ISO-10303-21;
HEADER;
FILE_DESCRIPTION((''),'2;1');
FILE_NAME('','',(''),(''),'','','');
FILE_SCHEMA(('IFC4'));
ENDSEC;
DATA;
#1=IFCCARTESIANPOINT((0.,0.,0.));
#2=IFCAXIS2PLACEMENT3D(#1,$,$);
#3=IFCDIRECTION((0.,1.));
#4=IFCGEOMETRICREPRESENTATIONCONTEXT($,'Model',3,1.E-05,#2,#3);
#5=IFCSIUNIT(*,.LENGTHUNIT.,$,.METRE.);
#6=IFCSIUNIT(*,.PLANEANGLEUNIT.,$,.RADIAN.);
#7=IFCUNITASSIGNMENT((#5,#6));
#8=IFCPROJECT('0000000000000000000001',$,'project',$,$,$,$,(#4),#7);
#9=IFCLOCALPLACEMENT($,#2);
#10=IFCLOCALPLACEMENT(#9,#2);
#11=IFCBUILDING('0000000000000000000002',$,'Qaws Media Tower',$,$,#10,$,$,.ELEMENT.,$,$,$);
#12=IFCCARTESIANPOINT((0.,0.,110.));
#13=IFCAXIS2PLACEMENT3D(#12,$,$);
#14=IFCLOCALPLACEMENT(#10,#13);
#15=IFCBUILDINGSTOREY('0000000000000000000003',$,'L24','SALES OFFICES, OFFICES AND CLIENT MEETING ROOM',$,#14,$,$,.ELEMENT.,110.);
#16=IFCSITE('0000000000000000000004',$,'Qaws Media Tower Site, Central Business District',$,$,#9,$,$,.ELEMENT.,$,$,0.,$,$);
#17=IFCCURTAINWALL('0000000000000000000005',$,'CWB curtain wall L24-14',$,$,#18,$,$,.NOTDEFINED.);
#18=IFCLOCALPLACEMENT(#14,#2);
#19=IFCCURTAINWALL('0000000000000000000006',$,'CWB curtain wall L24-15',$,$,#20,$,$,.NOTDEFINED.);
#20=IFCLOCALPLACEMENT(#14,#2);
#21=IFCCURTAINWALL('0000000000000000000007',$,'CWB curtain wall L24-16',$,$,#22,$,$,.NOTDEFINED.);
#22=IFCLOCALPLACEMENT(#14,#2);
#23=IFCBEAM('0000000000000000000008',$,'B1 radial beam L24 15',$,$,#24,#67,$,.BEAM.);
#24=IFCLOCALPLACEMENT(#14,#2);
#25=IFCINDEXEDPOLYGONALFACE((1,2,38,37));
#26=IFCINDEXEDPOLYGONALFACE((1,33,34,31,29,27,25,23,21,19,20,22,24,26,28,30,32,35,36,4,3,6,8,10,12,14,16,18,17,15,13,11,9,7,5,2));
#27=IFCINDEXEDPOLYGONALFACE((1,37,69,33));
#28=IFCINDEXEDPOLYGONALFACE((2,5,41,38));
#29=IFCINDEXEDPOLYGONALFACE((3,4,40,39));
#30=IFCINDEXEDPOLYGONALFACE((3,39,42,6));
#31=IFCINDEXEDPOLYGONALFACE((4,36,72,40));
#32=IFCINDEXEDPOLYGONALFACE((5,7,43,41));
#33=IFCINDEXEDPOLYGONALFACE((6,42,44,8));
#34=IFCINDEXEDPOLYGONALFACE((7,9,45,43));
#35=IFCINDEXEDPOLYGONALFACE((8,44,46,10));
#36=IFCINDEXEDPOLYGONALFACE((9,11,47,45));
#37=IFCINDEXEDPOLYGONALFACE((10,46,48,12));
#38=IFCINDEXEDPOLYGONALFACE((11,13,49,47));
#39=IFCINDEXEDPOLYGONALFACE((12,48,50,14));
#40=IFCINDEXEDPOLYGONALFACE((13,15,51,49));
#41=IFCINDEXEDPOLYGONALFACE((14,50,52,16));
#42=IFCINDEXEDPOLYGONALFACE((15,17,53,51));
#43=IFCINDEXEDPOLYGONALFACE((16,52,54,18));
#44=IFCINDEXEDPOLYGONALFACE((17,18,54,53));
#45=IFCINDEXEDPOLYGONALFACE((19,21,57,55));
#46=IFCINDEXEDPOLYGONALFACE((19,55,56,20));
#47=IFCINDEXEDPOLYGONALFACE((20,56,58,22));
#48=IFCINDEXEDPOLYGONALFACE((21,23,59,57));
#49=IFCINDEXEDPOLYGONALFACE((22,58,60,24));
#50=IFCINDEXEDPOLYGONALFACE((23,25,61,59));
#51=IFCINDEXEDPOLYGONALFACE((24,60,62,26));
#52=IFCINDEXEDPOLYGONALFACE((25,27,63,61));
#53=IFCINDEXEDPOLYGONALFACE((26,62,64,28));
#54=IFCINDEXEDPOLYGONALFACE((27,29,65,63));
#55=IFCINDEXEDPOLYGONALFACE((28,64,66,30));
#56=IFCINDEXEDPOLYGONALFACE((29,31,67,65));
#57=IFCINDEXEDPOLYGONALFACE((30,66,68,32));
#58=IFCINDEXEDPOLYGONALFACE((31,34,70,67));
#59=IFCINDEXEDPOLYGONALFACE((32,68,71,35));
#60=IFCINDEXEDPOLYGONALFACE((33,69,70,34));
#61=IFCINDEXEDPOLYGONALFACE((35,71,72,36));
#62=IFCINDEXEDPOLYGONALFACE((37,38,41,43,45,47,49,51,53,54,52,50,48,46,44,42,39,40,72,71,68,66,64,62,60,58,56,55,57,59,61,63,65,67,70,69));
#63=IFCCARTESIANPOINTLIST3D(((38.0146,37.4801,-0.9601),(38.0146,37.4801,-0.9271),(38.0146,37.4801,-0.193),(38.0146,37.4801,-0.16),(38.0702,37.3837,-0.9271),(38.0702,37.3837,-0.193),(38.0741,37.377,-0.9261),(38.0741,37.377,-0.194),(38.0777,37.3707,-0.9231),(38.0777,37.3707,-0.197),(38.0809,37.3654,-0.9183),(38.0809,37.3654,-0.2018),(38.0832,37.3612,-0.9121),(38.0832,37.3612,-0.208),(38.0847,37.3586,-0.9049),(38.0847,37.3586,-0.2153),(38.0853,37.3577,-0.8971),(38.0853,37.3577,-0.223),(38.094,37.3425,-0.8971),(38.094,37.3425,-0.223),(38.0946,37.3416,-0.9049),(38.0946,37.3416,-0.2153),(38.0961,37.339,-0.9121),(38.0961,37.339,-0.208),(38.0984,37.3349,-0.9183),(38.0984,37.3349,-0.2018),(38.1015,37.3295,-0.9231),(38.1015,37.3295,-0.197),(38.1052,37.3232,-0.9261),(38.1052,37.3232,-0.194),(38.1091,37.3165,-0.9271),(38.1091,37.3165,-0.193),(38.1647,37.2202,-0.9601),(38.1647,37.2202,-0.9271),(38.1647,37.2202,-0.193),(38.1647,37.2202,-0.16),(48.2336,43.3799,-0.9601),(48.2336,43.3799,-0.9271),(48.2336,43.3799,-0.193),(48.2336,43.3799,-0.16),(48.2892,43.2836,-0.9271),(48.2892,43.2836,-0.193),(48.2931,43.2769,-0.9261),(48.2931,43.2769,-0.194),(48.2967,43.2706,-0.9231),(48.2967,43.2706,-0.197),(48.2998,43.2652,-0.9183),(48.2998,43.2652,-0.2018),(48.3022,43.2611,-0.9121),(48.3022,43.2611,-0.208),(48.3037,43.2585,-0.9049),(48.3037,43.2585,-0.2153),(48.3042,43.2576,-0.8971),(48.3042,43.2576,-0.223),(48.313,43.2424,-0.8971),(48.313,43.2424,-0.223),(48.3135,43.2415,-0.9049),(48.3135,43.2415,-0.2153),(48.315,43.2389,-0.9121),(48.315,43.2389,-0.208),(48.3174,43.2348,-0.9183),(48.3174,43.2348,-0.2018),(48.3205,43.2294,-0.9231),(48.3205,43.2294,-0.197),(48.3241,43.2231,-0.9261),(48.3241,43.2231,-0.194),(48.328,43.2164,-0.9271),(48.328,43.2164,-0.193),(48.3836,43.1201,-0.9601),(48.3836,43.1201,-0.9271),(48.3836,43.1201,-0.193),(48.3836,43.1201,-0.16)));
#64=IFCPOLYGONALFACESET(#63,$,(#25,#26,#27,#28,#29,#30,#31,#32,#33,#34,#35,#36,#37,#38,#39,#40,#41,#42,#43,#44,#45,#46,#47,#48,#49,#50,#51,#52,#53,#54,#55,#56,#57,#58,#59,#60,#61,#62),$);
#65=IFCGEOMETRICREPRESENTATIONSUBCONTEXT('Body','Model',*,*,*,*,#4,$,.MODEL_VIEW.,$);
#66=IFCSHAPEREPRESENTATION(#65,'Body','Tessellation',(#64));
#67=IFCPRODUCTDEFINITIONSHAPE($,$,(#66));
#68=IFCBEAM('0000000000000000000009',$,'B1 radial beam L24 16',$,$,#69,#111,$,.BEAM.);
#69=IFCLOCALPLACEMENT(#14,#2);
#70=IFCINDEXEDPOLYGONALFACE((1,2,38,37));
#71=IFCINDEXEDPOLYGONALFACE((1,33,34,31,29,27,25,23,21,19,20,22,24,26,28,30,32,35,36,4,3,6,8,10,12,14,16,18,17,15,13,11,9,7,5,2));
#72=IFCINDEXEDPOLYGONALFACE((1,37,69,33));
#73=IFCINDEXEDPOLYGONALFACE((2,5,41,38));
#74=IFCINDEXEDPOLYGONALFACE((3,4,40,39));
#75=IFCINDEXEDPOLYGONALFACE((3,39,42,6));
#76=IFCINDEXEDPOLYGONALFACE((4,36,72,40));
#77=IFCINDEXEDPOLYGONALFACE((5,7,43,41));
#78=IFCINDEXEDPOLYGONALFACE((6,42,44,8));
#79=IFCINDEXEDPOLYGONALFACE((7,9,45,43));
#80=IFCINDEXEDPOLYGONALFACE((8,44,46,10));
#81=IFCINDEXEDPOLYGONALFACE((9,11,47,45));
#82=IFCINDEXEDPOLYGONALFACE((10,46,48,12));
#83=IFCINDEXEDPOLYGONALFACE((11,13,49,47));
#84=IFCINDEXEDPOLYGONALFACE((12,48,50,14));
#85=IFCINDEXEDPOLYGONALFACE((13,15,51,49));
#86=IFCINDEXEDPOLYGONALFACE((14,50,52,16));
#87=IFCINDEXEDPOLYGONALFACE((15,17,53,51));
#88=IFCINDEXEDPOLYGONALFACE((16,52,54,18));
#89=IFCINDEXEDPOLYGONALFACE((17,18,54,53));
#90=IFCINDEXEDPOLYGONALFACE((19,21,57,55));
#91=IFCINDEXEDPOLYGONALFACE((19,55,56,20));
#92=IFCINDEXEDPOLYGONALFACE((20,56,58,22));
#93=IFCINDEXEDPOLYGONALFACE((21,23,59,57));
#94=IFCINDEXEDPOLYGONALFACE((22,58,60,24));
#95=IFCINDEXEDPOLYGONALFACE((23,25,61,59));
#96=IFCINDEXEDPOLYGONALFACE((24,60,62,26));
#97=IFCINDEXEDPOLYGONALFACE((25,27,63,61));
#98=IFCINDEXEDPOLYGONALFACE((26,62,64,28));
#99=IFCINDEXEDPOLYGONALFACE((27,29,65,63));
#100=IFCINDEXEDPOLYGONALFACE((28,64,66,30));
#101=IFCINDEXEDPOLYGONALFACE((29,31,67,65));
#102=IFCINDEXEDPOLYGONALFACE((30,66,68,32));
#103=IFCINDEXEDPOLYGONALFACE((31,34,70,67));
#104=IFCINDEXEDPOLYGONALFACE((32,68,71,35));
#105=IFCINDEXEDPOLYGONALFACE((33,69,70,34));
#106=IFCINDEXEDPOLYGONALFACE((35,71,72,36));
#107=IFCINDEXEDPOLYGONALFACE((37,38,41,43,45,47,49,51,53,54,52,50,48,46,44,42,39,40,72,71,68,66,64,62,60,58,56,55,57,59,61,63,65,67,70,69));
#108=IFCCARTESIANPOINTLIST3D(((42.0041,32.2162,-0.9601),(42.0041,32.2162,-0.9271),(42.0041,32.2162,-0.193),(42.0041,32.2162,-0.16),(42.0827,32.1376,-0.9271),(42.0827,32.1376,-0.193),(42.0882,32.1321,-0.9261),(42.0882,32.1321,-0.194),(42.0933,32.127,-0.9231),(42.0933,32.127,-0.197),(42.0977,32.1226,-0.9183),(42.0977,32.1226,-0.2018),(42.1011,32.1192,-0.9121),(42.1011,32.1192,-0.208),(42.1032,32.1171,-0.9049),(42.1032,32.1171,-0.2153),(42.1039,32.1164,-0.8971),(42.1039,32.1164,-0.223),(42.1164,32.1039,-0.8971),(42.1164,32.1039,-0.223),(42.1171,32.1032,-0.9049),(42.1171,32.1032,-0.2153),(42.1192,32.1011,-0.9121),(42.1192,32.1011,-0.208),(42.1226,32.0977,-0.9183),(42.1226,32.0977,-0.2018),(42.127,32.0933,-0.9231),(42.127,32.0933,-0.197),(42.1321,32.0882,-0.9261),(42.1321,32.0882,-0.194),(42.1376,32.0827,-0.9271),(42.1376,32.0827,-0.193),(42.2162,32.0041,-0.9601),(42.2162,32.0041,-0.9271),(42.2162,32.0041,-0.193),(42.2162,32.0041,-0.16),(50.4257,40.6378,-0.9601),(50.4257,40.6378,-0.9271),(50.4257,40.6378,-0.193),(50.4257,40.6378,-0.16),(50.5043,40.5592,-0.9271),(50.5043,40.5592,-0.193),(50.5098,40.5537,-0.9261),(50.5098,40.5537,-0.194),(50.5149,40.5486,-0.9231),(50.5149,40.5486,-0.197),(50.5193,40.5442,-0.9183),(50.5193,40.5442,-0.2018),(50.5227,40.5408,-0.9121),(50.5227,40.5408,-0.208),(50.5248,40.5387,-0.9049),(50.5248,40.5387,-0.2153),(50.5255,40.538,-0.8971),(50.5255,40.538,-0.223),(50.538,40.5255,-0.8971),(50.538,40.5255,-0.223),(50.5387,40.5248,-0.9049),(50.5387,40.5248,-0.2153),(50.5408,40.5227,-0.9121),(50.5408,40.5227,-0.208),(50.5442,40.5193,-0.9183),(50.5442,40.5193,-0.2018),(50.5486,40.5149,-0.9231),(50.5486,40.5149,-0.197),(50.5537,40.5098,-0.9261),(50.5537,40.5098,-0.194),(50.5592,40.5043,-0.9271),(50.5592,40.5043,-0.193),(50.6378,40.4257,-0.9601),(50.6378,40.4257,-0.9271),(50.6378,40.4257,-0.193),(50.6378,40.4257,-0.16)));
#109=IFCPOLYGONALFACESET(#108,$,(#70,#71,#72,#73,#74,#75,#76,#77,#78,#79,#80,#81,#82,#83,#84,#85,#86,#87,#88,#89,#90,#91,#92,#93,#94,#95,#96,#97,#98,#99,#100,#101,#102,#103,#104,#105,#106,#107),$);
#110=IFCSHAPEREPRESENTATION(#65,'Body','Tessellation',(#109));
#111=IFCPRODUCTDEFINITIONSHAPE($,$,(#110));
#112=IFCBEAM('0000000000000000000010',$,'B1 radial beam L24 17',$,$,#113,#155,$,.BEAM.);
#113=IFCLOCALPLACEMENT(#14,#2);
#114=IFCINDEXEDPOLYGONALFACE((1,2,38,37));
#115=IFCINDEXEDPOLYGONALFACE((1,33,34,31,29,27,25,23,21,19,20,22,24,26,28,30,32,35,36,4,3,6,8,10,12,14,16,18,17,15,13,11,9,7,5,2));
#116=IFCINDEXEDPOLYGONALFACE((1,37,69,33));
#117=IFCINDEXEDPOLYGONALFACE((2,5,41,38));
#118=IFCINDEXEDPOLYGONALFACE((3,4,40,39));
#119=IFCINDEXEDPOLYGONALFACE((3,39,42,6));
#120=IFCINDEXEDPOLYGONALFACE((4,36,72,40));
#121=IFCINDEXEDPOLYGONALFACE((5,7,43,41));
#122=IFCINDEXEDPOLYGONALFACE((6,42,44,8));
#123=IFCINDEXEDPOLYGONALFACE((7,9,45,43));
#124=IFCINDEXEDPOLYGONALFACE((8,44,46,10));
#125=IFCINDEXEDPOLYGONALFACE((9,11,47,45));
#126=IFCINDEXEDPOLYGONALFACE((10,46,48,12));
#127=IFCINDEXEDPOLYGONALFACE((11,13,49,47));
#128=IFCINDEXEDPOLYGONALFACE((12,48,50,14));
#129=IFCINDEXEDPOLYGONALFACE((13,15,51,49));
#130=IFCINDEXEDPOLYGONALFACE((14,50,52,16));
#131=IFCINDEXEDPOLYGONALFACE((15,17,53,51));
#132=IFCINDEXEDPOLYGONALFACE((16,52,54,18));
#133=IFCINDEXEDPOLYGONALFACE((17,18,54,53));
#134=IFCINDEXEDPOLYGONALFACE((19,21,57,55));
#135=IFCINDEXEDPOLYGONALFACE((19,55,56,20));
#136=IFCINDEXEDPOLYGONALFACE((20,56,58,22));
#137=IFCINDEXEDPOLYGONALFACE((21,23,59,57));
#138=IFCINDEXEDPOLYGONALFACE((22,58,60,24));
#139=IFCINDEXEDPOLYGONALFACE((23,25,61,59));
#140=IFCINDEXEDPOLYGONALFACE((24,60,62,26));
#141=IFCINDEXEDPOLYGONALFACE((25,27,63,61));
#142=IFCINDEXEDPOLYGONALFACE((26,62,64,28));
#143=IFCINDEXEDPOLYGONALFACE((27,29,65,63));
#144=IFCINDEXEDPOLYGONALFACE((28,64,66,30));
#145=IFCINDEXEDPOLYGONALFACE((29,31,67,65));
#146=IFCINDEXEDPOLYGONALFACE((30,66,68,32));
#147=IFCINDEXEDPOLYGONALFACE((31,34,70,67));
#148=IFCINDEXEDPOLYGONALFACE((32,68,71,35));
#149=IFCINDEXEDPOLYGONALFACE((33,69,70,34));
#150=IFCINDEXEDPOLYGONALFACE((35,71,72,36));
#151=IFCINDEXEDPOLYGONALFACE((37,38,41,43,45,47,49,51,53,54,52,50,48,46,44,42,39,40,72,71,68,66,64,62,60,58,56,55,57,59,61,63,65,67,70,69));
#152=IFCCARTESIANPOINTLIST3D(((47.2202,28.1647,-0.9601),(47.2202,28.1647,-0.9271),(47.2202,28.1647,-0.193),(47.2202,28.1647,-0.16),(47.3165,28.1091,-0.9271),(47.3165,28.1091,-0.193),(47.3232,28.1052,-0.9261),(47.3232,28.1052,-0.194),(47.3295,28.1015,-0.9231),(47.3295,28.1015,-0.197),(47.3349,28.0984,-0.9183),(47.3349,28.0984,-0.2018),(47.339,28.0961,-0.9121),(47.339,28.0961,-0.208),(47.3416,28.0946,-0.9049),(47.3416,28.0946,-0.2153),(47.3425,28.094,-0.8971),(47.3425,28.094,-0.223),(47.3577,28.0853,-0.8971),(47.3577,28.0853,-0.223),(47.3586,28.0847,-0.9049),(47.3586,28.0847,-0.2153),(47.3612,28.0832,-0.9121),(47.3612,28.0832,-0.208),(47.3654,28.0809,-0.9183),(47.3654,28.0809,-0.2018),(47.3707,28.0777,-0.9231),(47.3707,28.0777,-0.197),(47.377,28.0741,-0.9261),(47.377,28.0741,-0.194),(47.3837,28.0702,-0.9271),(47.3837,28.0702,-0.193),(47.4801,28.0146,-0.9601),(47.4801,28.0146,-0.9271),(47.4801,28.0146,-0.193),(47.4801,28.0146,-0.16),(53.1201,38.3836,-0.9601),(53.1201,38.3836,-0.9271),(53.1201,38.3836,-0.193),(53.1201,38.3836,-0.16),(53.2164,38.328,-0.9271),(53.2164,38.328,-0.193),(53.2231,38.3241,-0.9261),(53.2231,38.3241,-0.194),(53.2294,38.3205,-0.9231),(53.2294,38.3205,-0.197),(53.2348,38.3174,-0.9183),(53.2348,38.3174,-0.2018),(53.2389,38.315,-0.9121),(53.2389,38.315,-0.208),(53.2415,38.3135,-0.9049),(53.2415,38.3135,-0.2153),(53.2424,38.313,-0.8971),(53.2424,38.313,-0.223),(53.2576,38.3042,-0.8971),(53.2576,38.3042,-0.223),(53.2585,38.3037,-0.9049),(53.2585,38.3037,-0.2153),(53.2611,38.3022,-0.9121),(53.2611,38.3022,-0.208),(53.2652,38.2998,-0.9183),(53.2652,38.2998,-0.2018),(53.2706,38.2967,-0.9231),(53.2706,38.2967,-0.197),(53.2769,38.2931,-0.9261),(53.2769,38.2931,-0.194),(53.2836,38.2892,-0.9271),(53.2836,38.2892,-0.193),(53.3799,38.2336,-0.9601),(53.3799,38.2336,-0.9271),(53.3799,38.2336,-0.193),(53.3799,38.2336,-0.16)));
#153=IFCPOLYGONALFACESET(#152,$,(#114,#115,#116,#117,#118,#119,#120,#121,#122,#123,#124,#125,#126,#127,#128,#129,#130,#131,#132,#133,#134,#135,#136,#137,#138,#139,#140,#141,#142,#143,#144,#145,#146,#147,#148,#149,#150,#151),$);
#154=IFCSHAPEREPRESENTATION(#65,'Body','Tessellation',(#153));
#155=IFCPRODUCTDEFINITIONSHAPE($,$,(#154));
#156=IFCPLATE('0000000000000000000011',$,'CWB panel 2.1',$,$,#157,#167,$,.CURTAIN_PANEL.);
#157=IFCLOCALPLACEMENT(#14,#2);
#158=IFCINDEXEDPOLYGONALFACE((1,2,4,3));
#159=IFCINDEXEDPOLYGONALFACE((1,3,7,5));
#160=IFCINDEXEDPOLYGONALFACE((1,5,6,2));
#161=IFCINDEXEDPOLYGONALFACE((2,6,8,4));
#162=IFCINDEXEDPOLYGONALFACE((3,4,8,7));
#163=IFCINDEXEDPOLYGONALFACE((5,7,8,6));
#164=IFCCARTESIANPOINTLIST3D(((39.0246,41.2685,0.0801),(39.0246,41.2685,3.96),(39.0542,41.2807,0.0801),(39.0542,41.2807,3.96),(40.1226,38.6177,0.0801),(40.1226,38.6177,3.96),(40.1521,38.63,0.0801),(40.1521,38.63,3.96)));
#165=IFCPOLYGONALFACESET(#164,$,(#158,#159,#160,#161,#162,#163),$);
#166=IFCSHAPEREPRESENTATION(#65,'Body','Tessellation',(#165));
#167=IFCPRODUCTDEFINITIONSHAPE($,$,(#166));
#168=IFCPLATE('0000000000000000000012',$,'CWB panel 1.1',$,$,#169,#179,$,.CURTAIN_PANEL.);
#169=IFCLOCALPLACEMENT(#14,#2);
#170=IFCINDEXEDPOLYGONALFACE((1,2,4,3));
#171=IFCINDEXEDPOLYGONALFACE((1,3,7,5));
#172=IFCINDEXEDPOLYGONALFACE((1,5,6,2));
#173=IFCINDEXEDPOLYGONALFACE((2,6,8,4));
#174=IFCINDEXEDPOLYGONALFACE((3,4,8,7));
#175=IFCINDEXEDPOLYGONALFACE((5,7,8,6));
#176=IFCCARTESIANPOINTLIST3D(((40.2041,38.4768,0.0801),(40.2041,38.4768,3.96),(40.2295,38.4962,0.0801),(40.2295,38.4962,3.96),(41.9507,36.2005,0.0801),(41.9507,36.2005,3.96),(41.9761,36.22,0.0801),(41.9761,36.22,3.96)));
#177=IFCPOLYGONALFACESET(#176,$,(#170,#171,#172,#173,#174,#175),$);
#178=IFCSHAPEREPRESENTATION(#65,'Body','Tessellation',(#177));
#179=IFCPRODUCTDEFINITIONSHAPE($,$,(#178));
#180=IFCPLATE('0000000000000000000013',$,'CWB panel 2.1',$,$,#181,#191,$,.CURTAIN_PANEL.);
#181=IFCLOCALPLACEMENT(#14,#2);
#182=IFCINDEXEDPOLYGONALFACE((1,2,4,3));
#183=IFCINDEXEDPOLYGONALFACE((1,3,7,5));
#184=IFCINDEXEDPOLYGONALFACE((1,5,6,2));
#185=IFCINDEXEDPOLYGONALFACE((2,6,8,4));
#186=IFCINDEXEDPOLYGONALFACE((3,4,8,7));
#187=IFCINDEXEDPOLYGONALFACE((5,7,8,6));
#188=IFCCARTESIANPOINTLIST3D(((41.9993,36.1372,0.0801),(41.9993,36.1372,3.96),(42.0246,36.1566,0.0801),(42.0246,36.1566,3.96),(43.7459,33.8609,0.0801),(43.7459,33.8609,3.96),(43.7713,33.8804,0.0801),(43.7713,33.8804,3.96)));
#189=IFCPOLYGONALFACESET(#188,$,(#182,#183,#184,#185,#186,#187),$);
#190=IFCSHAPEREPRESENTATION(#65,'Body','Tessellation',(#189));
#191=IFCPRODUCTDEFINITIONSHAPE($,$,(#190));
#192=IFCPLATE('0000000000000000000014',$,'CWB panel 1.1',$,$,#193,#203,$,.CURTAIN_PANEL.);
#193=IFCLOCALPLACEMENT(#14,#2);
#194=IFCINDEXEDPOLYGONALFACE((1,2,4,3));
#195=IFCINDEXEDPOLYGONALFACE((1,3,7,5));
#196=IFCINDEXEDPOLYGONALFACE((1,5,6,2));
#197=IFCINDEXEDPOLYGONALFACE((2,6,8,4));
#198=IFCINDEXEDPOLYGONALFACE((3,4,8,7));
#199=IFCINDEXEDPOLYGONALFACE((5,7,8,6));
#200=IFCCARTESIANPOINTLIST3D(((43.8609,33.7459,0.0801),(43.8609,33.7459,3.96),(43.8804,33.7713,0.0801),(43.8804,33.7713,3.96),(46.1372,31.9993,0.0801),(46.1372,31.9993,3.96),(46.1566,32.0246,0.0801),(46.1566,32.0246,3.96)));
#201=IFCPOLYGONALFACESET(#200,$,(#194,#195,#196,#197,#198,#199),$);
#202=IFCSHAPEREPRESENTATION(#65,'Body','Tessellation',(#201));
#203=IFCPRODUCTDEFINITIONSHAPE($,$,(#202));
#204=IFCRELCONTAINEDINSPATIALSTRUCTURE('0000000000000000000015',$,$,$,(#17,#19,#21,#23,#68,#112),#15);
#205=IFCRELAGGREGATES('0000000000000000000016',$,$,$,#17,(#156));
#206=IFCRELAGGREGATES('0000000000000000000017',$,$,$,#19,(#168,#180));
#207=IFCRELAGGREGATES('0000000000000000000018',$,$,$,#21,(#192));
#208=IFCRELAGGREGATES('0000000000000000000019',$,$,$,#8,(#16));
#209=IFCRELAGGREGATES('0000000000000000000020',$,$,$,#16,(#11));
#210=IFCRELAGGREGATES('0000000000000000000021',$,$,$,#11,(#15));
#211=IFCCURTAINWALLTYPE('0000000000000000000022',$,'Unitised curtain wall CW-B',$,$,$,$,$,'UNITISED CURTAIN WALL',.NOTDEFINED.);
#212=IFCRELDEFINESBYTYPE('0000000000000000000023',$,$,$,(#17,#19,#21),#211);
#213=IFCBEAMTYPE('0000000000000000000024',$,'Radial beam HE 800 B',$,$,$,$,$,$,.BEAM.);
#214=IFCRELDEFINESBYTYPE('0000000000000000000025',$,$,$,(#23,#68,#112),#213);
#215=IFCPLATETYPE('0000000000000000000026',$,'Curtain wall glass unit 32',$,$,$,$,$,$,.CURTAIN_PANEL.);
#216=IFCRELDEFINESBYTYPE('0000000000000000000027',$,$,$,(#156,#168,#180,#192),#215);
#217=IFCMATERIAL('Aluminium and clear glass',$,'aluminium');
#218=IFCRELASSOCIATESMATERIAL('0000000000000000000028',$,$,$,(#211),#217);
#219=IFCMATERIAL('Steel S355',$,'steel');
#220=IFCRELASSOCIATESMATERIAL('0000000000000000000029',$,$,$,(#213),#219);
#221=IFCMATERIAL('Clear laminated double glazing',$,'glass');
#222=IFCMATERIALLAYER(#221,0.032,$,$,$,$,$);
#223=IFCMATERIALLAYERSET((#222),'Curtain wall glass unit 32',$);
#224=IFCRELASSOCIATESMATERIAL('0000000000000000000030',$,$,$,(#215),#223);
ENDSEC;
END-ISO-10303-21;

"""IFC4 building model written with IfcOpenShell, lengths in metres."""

from ifc_helpers import new_model, si_unit, direction, frame, origin, origin_2d, place, context, subcontext, project, spatial, rectangle, i_section, extrude, material, layer, layer_set, material_profile, profile_set, type_object, element, aggregate, save


model = new_model("IFC4")

# Units and contexts
model_context = context("Model", 3, precision=1e-05, world=origin(), true_north=direction((0.0, 1.0)))
body_context = subcontext(model_context, "Body", "Model", "MODEL_VIEW")
ifc_project = project(units=[si_unit("LENGTHUNIT", "METRE"), si_unit("PLANEANGLEUNIT", "RADIAN")], contexts=[model_context])

# Site, building, storey
site_placement = place(None, origin())
site = spatial("IfcSite", under=ifc_project, at=site_placement, Name="Qaws Media Tower Site, Central Business District", CompositionType="ELEMENT", RefElevation=0.0)
building_placement = place(site_placement, origin())
building = spatial("IfcBuilding", under=site, at=building_placement, Name="Qaws Media Tower", CompositionType="ELEMENT")
storey_placement = place(building_placement, frame((0.0, 0.0, 110.0)))
storey = spatial("IfcBuildingStorey", under=building, at=storey_placement, Name="L24", Description="SALES OFFICES, OFFICES AND CLIENT MEETING ROOM", CompositionType="ELEMENT", Elevation=110.0)

# Curtain wall
ifc_material_1 = material(Name="Aluminium and clear glass", Category="aluminium")
curtain_wall_type = type_object("IfcCurtainWallType", Name="Unitised curtain wall CW-B", ElementType="UNITISED CURTAIN WALL", PredefinedType="NOTDEFINED", material=ifc_material_1)
curtain_wall_1_placement = place(storey_placement, origin())
curtain_wall_1 = element("IfcCurtainWall", 1, at=curtain_wall_1_placement, inside=storey, type_object=curtain_wall_type, Name="CWB curtain wall L24-14", PredefinedType="NOTDEFINED")

# Curtain wall
curtain_wall_2_placement = place(storey_placement, origin())
curtain_wall_2 = element("IfcCurtainWall", 2, at=curtain_wall_2_placement, inside=storey, type_object=curtain_wall_type, Name="CWB curtain wall L24-15", PredefinedType="NOTDEFINED")

# Curtain wall
curtain_wall_3_placement = place(storey_placement, origin())
curtain_wall_3 = element("IfcCurtainWall", 3, at=curtain_wall_3_placement, inside=storey, type_object=curtain_wall_type, Name="CWB curtain wall L24-16", PredefinedType="NOTDEFINED")

# Beams
ifc_material_2 = material(Name="Steel S355", Category="steel")
ifc_material_profile_1 = material_profile(ifc_material_2, i_section(OverallWidth=0.3, OverallDepth=0.8, WebThickness=0.0176, FlangeThickness=0.033, FilletRadius=0.03, at=origin_2d()), Name="HE 800 B")
ifc_profile_set_1 = profile_set([ifc_material_profile_1], Name="Steel S355")
beam_type_1 = type_object("IfcBeamType", Name="Radial beam HE 800 B", PredefinedType="BEAM", material=ifc_profile_set_1)
beam_1_placement = place(storey_placement, frame((48.3086, 43.25, -0.5601), z_axis=(-0.866027, -0.499998, 0.0), x_axis=(0.499998, -0.866027, 0.0)))
element("IfcBeam", 4, at=beam_1_placement, inside=storey, type_object=beam_type_1, Name="B1 radial beam L24 15", PredefinedType="BEAM", context=body_context, shape_type="SweptSolid", body=[
    extrude(i_section(OverallWidth=0.3, OverallDepth=0.8, WebThickness=0.0176, FlangeThickness=0.033, FilletRadius=0.03, at=origin_2d()), origin(), (0.0, 0.0, 1.0), 11.7998),
])
beam_2_placement = place(storey_placement, frame((50.5317, 40.5317, -0.5601), z_axis=(-0.707107, -0.707107, 0.0), x_axis=(0.707107, -0.707107, 0.0)))
element("IfcBeam", 5, at=beam_2_placement, inside=storey, type_object=beam_type_1, Name="B1 radial beam L24 16", PredefinedType="BEAM", context=body_context, shape_type="SweptSolid", body=[
    extrude(i_section(OverallWidth=0.3, OverallDepth=0.8, WebThickness=0.0176, FlangeThickness=0.033, FilletRadius=0.03, at=origin_2d()), origin(), (0.0, 0.0, 1.0), 11.9099),
])
beam_3_placement = place(storey_placement, frame((53.25, 38.3086, -0.5601), z_axis=(-0.499998, -0.866027, 0.0), x_axis=(0.866027, -0.499998, 0.0)))
element("IfcBeam", 6, at=beam_3_placement, inside=storey, type_object=beam_type_1, Name="B1 radial beam L24 17", PredefinedType="BEAM", context=body_context, shape_type="SweptSolid", body=[
    extrude(i_section(OverallWidth=0.3, OverallDepth=0.8, WebThickness=0.0176, FlangeThickness=0.033, FilletRadius=0.03, at=origin_2d()), origin(), (0.0, 0.0, 1.0), 11.7998),
])

# Plates
ifc_material_3 = material(Name="Clear laminated double glazing", Category="glass")
ifc_layer_1 = layer(ifc_material_3, 0.032)
ifc_layer_set_1 = layer_set([ifc_layer_1], Name="Curtain wall glass unit 32")
plate_type_1 = type_object("IfcPlateType", Name="Curtain wall glass unit 32", PredefinedType="CURTAIN_PANEL", material=ifc_layer_set_1)
plate_1_placement = place(storey_placement, frame((39.5884, 39.9492, 0.0801), z_axis=(0.0, 0.0, 1.0), x_axis=(0.382683, -0.92388, 0.0)))
plate_1 = element("IfcPlate", 7, at=plate_1_placement, type_object=plate_type_1, Name="CWB panel 2.1", PredefinedType="CURTAIN_PANEL", context=body_context, shape_type="SweptSolid", body=[
    extrude(rectangle(XDim=2.8691, YDim=0.032, at=origin_2d()), origin(), (0.0, 0.0, 1.0), 3.8799),
])
aggregate(curtain_wall_1, [plate_1])
plate_2_placement = place(storey_placement, frame((41.0901, 37.3484, 0.0801), z_axis=(0.0, 0.0, 1.0), x_axis=(0.608762, -0.793353, 0.0)))
plate_2 = element("IfcPlate", 8, at=plate_2_placement, type_object=plate_type_1, Name="CWB panel 1.1", PredefinedType="CURTAIN_PANEL", context=body_context, shape_type="SweptSolid", body=[
    extrude(rectangle(XDim=2.8691, YDim=0.032, at=origin_2d()), origin(), (0.0, 0.0, 1.0), 3.8799),
])
plate_3_placement = place(storey_placement, frame((42.8853, 35.0088, 0.0801), z_axis=(0.0, 0.0, 1.0), x_axis=(0.608762, -0.793353, 0.0)))
plate_3 = element("IfcPlate", 9, at=plate_3_placement, type_object=plate_type_1, Name="CWB panel 2.1", PredefinedType="CURTAIN_PANEL", context=body_context, shape_type="SweptSolid", body=[
    extrude(rectangle(XDim=2.8691, YDim=0.032, at=origin_2d()), origin(), (0.0, 0.0, 1.0), 3.8799),
])
aggregate(curtain_wall_2, [plate_2, plate_3])
plate_4_placement = place(storey_placement, frame((45.0088, 32.8853, 0.0801), z_axis=(0.0, 0.0, 1.0), x_axis=(0.793353, -0.608762, 0.0)))
plate_4 = element("IfcPlate", 10, at=plate_4_placement, type_object=plate_type_1, Name="CWB panel 1.1", PredefinedType="CURTAIN_PANEL", context=body_context, shape_type="SweptSolid", body=[
    extrude(rectangle(XDim=2.8691, YDim=0.032, at=origin_2d()), origin(), (0.0, 0.0, 1.0), 3.8799),
])
aggregate(curtain_wall_3, [plate_4])

save(model, "model.ifc")
